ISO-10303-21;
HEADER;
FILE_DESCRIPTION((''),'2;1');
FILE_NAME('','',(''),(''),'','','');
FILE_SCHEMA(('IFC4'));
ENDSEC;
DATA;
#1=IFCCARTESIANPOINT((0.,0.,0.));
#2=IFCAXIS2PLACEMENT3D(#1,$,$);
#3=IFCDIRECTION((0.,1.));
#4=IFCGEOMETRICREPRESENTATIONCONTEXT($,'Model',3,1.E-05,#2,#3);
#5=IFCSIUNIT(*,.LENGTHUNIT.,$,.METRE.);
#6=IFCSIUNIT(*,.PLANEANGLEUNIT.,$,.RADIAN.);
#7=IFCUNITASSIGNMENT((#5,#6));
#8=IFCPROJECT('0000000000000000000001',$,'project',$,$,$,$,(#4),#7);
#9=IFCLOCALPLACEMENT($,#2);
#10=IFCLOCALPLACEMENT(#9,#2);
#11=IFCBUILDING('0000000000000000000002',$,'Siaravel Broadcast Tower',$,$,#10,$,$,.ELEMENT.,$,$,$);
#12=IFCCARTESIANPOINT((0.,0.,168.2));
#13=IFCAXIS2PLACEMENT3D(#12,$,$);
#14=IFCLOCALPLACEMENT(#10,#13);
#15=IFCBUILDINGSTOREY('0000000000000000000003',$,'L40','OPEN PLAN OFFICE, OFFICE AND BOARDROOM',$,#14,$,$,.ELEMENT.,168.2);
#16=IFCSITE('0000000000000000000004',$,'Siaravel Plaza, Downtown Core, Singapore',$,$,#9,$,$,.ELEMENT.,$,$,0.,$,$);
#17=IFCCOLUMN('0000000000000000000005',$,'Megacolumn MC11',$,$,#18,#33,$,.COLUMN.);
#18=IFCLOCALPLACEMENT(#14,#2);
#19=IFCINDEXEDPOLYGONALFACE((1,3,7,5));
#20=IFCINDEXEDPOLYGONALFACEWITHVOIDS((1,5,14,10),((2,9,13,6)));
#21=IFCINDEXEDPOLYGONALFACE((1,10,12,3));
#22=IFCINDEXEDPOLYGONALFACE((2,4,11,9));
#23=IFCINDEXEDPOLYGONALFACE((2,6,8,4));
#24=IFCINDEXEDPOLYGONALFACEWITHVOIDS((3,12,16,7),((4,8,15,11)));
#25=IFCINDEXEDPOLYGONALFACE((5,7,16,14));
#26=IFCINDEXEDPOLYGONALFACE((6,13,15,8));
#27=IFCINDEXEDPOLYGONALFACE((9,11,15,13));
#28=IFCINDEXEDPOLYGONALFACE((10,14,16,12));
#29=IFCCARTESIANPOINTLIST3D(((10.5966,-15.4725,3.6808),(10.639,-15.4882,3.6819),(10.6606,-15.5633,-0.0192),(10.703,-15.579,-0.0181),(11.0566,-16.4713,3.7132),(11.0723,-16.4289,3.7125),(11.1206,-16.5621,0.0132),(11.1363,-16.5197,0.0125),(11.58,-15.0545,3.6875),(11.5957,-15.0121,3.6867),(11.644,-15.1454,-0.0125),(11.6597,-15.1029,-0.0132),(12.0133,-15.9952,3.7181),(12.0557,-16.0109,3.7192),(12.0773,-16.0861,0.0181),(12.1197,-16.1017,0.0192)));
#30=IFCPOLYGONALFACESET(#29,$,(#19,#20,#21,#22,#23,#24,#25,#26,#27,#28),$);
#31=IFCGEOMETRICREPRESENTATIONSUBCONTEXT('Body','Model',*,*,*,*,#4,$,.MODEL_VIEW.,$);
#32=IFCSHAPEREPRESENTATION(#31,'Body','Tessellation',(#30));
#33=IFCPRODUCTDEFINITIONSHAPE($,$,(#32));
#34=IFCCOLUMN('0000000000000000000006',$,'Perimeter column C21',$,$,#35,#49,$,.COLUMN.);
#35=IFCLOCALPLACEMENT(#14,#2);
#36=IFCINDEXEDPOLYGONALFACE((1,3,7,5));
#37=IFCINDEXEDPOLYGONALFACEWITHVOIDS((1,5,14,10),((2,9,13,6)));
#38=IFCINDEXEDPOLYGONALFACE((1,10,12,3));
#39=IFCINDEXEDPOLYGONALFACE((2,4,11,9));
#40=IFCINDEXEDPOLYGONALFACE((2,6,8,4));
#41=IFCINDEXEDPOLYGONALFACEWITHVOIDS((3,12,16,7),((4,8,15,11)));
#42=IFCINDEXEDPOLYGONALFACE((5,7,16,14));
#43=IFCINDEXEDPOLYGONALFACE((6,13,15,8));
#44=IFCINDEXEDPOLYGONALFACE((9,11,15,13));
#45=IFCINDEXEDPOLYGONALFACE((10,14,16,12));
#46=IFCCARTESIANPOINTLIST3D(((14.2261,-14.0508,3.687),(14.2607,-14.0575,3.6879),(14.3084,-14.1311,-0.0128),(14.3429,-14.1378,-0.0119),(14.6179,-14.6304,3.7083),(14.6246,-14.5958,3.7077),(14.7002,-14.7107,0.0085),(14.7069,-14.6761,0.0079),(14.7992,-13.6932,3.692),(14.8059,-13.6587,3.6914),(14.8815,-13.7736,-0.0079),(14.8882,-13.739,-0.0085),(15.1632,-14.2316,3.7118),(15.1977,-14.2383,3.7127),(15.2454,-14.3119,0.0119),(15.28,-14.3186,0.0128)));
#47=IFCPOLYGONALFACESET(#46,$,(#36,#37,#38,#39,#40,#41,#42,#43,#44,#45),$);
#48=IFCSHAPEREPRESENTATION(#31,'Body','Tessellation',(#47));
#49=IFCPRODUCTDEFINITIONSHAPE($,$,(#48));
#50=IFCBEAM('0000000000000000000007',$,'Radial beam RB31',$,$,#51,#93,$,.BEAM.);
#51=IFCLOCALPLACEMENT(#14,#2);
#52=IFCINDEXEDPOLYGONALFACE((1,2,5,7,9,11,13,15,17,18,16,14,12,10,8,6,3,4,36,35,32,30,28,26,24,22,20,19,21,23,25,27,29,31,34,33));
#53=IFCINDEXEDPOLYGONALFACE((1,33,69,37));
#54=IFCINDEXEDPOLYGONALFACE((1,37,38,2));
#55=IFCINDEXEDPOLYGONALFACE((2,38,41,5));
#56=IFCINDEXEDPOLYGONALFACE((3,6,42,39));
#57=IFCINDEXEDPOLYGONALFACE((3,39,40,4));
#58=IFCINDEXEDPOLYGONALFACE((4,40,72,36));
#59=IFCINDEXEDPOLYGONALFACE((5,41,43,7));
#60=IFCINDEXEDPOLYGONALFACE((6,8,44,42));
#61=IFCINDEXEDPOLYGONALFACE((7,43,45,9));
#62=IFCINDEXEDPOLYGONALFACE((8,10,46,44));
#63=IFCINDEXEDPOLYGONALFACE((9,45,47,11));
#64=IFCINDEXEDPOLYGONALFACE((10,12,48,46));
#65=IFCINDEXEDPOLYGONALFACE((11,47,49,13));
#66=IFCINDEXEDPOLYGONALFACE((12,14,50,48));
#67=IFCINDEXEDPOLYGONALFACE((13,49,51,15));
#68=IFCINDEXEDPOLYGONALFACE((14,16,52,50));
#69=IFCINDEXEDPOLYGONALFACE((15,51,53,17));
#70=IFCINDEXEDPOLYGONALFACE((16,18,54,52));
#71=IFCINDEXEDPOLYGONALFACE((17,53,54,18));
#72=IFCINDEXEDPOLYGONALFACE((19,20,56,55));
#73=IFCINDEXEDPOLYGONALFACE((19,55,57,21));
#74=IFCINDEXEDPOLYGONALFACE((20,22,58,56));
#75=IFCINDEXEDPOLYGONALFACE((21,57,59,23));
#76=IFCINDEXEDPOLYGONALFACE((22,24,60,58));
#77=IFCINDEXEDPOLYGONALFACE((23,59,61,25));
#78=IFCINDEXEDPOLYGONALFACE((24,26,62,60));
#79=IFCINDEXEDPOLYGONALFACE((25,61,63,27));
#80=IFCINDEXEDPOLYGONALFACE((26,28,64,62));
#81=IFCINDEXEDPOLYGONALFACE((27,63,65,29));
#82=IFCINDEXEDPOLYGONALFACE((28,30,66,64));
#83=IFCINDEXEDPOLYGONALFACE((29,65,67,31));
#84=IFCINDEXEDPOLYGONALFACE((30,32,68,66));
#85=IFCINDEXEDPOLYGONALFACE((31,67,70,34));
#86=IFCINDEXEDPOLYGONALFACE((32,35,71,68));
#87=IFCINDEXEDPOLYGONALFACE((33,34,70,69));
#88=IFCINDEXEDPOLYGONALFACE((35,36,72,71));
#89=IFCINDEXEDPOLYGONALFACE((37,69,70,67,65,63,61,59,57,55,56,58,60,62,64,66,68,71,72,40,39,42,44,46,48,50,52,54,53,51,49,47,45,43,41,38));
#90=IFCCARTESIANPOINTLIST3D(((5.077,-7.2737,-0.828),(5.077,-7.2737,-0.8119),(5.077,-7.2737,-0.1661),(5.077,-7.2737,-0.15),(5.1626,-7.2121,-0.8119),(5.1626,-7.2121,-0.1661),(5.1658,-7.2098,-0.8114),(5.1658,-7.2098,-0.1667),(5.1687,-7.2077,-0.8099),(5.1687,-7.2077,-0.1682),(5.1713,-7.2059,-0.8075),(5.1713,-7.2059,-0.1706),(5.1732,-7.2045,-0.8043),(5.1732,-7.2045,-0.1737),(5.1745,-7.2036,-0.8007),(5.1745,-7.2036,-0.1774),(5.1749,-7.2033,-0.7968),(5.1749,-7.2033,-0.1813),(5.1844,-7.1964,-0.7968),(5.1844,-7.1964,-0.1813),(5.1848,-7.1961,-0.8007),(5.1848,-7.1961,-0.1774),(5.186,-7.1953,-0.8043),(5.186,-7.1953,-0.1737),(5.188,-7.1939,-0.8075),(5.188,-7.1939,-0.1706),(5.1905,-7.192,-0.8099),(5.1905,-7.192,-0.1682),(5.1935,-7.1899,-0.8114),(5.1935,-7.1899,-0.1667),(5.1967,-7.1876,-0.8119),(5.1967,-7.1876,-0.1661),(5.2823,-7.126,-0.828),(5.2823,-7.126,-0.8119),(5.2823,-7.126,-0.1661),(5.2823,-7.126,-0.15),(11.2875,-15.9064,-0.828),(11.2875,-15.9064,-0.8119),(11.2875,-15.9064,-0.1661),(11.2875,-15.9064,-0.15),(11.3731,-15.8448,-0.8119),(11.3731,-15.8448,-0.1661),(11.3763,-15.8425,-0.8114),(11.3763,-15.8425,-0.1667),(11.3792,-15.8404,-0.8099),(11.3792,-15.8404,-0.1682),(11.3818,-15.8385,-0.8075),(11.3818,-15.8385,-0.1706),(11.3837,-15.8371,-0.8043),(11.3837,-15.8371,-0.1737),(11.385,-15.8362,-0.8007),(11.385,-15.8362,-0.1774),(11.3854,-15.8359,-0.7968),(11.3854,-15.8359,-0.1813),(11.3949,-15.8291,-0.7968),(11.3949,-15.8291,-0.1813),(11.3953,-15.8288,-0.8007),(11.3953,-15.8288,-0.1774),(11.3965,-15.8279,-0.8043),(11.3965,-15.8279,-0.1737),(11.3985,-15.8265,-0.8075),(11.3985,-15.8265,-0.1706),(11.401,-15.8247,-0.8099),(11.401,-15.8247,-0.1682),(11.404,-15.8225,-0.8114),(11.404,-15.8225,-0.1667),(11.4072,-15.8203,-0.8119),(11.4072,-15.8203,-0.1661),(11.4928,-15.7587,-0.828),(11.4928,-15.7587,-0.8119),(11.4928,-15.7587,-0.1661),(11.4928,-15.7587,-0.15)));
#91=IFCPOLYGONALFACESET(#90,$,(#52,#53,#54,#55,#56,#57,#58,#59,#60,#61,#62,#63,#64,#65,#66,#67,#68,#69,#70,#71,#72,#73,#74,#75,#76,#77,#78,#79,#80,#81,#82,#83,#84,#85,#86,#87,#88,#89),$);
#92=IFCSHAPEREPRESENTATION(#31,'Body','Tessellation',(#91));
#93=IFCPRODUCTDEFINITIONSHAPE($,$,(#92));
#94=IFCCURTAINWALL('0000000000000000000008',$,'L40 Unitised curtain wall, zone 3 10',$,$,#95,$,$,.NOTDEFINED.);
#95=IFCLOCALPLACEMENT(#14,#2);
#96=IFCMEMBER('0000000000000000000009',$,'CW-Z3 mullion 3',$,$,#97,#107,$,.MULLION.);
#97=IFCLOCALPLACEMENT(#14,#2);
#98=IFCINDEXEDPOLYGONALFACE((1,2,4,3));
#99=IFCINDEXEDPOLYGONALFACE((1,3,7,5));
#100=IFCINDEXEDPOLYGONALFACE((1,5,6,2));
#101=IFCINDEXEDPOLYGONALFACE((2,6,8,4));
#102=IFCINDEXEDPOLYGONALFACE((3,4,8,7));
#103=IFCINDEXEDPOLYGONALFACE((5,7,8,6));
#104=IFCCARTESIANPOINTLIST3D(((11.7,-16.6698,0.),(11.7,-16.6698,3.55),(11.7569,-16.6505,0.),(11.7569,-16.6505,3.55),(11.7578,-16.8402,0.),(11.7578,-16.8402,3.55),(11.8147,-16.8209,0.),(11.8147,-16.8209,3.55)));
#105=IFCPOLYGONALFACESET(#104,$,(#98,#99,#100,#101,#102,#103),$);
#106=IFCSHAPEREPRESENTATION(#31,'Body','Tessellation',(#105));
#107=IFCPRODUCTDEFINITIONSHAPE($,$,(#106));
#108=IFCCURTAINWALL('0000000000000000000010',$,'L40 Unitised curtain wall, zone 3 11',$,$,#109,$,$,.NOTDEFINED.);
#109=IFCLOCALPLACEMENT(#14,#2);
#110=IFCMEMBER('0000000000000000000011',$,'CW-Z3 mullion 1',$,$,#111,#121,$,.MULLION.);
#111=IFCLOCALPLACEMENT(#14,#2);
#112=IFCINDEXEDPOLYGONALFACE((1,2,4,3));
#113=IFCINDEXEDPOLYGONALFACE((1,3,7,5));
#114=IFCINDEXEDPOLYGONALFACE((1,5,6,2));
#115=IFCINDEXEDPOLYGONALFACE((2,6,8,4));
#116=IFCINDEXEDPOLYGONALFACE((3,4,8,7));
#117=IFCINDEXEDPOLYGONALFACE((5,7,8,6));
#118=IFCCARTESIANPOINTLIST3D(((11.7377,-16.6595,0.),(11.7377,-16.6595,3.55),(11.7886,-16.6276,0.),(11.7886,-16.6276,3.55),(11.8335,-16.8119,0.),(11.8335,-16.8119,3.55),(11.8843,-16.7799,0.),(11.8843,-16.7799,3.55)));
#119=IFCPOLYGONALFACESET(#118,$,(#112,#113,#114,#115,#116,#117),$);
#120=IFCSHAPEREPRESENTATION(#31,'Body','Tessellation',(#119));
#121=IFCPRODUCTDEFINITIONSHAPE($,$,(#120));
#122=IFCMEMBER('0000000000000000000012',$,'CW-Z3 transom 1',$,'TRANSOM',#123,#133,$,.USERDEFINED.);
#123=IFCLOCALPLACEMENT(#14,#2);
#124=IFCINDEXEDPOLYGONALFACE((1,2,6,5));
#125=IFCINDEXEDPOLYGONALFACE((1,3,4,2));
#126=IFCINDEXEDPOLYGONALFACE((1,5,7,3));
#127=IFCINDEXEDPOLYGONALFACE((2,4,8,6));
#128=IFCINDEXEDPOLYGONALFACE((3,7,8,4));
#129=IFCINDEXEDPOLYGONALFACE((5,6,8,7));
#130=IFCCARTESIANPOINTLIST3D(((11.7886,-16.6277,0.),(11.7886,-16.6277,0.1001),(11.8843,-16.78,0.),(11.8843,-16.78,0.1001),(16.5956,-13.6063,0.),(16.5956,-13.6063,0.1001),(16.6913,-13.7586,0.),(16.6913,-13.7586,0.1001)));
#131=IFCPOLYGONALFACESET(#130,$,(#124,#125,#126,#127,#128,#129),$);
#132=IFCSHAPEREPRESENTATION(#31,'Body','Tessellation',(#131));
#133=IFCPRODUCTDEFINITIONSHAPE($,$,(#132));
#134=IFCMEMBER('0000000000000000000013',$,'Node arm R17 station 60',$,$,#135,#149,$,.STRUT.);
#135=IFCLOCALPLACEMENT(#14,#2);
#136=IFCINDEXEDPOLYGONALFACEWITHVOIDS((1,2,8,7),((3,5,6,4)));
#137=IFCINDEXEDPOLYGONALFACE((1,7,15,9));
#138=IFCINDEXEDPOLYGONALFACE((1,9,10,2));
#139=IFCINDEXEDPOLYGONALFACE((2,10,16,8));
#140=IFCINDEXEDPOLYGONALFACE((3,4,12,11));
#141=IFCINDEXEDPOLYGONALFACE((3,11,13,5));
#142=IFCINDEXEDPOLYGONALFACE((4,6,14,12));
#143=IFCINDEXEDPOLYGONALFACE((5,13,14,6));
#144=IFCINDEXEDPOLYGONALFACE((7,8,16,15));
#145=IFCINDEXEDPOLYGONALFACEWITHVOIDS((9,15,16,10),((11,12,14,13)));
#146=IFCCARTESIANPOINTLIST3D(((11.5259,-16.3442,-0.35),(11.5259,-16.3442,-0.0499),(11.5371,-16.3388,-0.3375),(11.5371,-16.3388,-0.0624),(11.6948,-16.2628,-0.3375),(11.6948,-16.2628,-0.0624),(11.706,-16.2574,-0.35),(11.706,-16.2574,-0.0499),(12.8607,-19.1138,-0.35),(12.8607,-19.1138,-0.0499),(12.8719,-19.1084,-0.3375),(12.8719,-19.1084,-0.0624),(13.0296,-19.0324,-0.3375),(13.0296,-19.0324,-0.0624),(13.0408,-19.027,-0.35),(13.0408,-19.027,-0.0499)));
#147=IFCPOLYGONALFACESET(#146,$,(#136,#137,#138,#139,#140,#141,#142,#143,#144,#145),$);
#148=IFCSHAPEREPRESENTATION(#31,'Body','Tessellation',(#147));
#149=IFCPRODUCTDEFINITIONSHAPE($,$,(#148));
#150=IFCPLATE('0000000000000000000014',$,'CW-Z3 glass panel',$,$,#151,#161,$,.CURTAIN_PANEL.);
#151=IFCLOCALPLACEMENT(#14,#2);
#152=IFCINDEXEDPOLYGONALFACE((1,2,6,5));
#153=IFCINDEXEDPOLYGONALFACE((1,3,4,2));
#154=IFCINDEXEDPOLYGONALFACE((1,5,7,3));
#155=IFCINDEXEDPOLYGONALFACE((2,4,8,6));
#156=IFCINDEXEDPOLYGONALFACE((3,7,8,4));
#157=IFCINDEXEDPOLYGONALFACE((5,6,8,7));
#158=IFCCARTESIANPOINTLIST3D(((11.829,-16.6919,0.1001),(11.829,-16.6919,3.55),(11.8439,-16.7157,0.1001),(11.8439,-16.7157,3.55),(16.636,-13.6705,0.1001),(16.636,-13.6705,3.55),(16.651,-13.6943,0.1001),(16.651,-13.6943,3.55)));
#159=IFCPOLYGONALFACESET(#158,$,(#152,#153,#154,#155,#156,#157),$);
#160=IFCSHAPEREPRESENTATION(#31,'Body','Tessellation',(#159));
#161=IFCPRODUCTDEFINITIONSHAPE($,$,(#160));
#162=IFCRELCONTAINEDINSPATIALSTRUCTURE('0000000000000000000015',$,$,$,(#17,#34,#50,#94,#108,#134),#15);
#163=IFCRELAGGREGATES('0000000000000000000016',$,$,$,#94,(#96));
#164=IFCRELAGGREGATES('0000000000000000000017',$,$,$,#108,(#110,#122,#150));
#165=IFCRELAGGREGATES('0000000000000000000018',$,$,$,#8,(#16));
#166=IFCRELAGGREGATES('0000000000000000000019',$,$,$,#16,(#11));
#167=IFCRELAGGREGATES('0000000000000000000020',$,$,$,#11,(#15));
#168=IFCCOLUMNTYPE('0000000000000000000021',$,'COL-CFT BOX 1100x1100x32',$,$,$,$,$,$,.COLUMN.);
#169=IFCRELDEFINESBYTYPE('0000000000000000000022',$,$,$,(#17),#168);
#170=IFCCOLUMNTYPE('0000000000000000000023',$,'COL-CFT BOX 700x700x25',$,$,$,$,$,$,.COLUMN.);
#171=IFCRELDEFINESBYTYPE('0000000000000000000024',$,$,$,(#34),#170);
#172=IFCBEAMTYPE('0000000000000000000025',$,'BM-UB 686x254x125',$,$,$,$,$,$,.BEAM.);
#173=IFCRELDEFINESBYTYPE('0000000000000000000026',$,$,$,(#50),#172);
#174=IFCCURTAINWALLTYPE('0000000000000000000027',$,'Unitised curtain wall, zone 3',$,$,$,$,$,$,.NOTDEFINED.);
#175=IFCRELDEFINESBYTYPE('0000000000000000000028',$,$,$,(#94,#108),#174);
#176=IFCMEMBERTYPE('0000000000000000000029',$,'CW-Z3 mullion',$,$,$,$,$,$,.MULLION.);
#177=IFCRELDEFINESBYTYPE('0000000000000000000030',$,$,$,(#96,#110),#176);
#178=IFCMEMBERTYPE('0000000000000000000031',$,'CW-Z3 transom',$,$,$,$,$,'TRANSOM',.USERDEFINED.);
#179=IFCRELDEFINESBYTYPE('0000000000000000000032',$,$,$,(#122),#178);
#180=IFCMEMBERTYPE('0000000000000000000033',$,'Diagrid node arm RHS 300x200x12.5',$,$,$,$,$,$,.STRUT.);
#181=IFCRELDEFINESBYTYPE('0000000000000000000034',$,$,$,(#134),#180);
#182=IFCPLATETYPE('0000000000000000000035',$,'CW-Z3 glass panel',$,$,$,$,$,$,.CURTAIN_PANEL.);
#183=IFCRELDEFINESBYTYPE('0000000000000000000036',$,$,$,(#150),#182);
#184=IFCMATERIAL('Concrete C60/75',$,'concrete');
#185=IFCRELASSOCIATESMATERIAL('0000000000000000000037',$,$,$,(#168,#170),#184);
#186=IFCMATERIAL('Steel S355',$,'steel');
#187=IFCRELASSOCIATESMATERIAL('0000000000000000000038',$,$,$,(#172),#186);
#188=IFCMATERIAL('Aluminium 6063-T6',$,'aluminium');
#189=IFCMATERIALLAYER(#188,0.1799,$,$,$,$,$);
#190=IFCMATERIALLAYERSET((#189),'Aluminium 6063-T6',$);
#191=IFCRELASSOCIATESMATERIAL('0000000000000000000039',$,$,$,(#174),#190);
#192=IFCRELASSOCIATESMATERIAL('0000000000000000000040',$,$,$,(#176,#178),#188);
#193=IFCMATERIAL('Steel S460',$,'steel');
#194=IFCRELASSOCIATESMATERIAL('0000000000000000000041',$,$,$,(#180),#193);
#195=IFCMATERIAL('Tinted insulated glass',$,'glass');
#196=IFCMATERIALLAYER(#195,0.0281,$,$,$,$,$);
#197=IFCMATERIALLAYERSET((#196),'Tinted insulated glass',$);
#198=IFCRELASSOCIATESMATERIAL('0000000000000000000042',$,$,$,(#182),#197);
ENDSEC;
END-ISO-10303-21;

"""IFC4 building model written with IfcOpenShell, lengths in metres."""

from ifc_helpers import new_model, si_unit, direction, frame, origin, origin_2d, place, context, subcontext, project, spatial, rectangle, hollow_rectangle, i_section, extrude, material, layer, layer_set, material_profile, profile_set, type_object, element, aggregate, save


model = new_model("IFC4")

# Units and contexts
model_context = context("Model", 3, precision=1e-05, world=origin(), true_north=direction((0.0, 1.0)))
body_context = subcontext(model_context, "Body", "Model", "MODEL_VIEW")
ifc_project = project(units=[si_unit("LENGTHUNIT", "METRE"), si_unit("PLANEANGLEUNIT", "RADIAN")], contexts=[model_context])

# Site, building, storey
site_placement = place(None, origin())
site = spatial("IfcSite", under=ifc_project, at=site_placement, Name="Siaravel Plaza, Downtown Core, Singapore", CompositionType="ELEMENT", RefElevation=0.0)
building_placement = place(site_placement, origin())
building = spatial("IfcBuilding", under=site, at=building_placement, Name="Siaravel Broadcast Tower", CompositionType="ELEMENT")
storey_placement = place(building_placement, frame((0.0, 0.0, 168.2)))
storey = spatial("IfcBuildingStorey", under=building, at=storey_placement, Name="L40", Description="OPEN PLAN OFFICE, OFFICE AND BOARDROOM", CompositionType="ELEMENT", Elevation=168.2)

# Columns
ifc_material_1 = material(Name="Concrete C60/75", Category="concrete")
ifc_material_profile_1 = material_profile(ifc_material_1, hollow_rectangle(XDim=1.1001, YDim=1.1001, WallThickness=0.032, at=origin_2d()))
ifc_profile_set_1 = profile_set([ifc_material_profile_1], Name="Concrete C60/75")
column_type_1 = type_object("IfcColumnType", Name="COL-CFT BOX 1100x1100x32", PredefinedType="COLUMN", material=ifc_profile_set_1)
column_1_placement = place(storey_placement, frame((11.3901, -15.8325, 0.0), z_axis=(-0.01728, 0.024535, 0.99955), x_axis=(-0.908205, -0.41849, -0.005429)))
element("IfcColumn", 1, at=column_1_placement, inside=storey, type_object=column_type_1, Name="Megacolumn MC11", PredefinedType="COLUMN", context=body_context, shape_type="SweptSolid", body=[
    extrude(hollow_rectangle(XDim=1.1001, YDim=1.1001, WallThickness=0.032, at=origin_2d()), origin(), (0.0, 0.0, 1.0), 3.7017),
])
ifc_material_profile_2 = material_profile(ifc_material_1, hollow_rectangle(XDim=0.7, YDim=0.7, WallThickness=0.0249, at=origin_2d()))
ifc_profile_set_2 = profile_set([ifc_material_profile_2], Name="Concrete C60/75")
column_type_2 = type_object("IfcColumnType", Name="COL-CFT BOX 700x700x25", PredefinedType="COLUMN", material=ifc_profile_set_2)
column_2_placement = place(storey_placement, frame((14.7942, -14.2249, 0.0), z_axis=(-0.022226, 0.021699, 0.999517), x_axis=(-0.828331, -0.560204, -0.006258)))
element("IfcColumn", 2, at=column_2_placement, inside=storey, type_object=column_type_2, Name="Perimeter column C21", PredefinedType="COLUMN", context=body_context, shape_type="SweptSolid", body=[
    extrude(hollow_rectangle(XDim=0.7, YDim=0.7, WallThickness=0.0249, at=origin_2d()), origin(), (0.0, 0.0, 1.0), 3.7017),
])

# Beam
ifc_material_2 = material(Name="Steel S355", Category="steel")
ifc_material_profile_3 = material_profile(ifc_material_2, i_section(OverallWidth=0.2529, OverallDepth=0.678, WebThickness=0.0117, FlangeThickness=0.0161, FilletRadius=0.0151, at=origin_2d()))
ifc_profile_set_3 = profile_set([ifc_material_profile_3], Name="Steel S355")
beam_type = type_object("IfcBeamType", Name="BM-UB 686x254x125", PredefinedType="BEAM", material=ifc_profile_set_3)
beam_placement = place(storey_placement, frame((11.3901, -15.8325, -0.489), z_axis=(-0.583995, 0.811757, 0.0), x_axis=(-0.811757, -0.583995, 0.0)))
element("IfcBeam", 3, at=beam_placement, inside=storey, type_object=beam_type, Name="Radial beam RB31", PredefinedType="BEAM", context=body_context, shape_type="SweptSolid", body=[
    extrude(i_section(OverallWidth=0.2529, OverallDepth=0.678, WebThickness=0.0117, FlangeThickness=0.0161, FilletRadius=0.0151, at=origin_2d()), origin(), (0.0, 0.0, 1.0), 10.6345),
])

# Curtain wall, member
ifc_material_3 = material(Name="Aluminium 6063-T6", Category="aluminium")
ifc_layer_1 = layer(ifc_material_3, 0.1799)
ifc_layer_set_1 = layer_set([ifc_layer_1], Name="Aluminium 6063-T6")
curtain_wall_type = type_object("IfcCurtainWallType", Name="Unitised curtain wall, zone 3", PredefinedType="NOTDEFINED", material=ifc_layer_set_1)
curtain_wall_1_placement = place(storey_placement, origin())
curtain_wall_1 = element("IfcCurtainWall", 4, at=curtain_wall_1_placement, inside=storey, type_object=curtain_wall_type, Name="L40 Unitised curtain wall, zone 3 10", PredefinedType="NOTDEFINED")
ifc_material_profile_4 = material_profile(ifc_material_3, rectangle(XDim=0.1799, YDim=0.0601, at=origin_2d()))
ifc_profile_set_4 = profile_set([ifc_material_profile_4], Name="Aluminium 6063-T6")
member_type_1 = type_object("IfcMemberType", Name="CW-Z3 mullion", PredefinedType="MULLION", material=ifc_profile_set_4)
member_1_placement = place(storey_placement, frame((11.7573, -16.7454, 0.0), z_axis=(0.0, 0.0, 1.0), x_axis=(-0.3213, 0.946977, 0.0)))
member_1 = element("IfcMember", 5, at=member_1_placement, type_object=member_type_1, Name="CW-Z3 mullion 3", PredefinedType="MULLION", context=body_context, shape_type="SweptSolid", body=[
    extrude(rectangle(XDim=0.1799, YDim=0.0601, at=origin_2d()), origin(), (0.0, 0.0, 1.0), 3.55),
])
aggregate(curtain_wall_1, [member_1])

# Curtain wall, members
curtain_wall_2_placement = place(storey_placement, origin())
curtain_wall_2 = element("IfcCurtainWall", 6, at=curtain_wall_2_placement, inside=storey, type_object=curtain_wall_type, Name="L40 Unitised curtain wall, zone 3 11", PredefinedType="NOTDEFINED")
member_2_placement = place(storey_placement, frame((11.811, -16.7197, 0.0), z_axis=(0.0, 0.0, 1.0), x_axis=(-0.532149, 0.846651, 0.0)))
member_2 = element("IfcMember", 7, at=member_2_placement, type_object=member_type_1, Name="CW-Z3 mullion 1", PredefinedType="MULLION", context=body_context, shape_type="SweptSolid", body=[
    extrude(rectangle(XDim=0.1799, YDim=0.0601, at=origin_2d()), origin(), (0.0, 0.0, 1.0), 3.55),
])
ifc_material_profile_5 = material_profile(ifc_material_3, rectangle(XDim=0.1799, YDim=0.1001, at=origin_2d()))
ifc_profile_set_5 = profile_set([ifc_material_profile_5], Name="Aluminium 6063-T6")
member_type_2 = type_object("IfcMemberType", Name="CW-Z3 transom", ElementType="TRANSOM", PredefinedType="USERDEFINED", material=ifc_profile_set_5)
member_3_placement = place(storey_placement, frame((11.8364, -16.7039, 0.05), z_axis=(0.846648, 0.532154, 0.0), x_axis=(-0.532154, 0.846648, 0.0)))
member_3 = element("IfcMember", 8, at=member_3_placement, type_object=member_type_2, Name="CW-Z3 transom 1", ObjectType="TRANSOM", PredefinedType="USERDEFINED", context=body_context, shape_type="SweptSolid", body=[
    extrude(rectangle(XDim=0.1799, YDim=0.1001, at=origin_2d()), origin(), (0.0, 0.0, 1.0), 5.6777),
])

# Member
ifc_material_4 = material(Name="Steel S460", Category="steel")
ifc_material_profile_6 = material_profile(ifc_material_4, hollow_rectangle(XDim=0.2, YDim=0.3, WallThickness=0.0125, at=origin_2d()))
ifc_profile_set_6 = profile_set([ifc_material_profile_6], Name="Steel S460")
member_type_3 = type_object("IfcMemberType", Name="Diagrid node arm RHS 300x200x12.5", PredefinedType="STRUT", material=ifc_profile_set_6)
member_4_placement = place(storey_placement, frame((11.616, -16.3008, -0.2), z_axis=(0.434143, -0.900844, 0.0), x_axis=(0.900844, 0.434143, 0.0)))
element("IfcMember", 9, at=member_4_placement, inside=storey, type_object=member_type_3, Name="Node arm R17 station 60", PredefinedType="STRUT", context=body_context, shape_type="SweptSolid", body=[
    extrude(hollow_rectangle(XDim=0.2, YDim=0.3, WallThickness=0.0125, at=origin_2d()), origin(), (0.0, 0.0, 1.0), 3.0745),
])

# Plate
ifc_material_5 = material(Name="Tinted insulated glass", Category="glass")
ifc_layer_2 = layer(ifc_material_5, 0.0281)
ifc_layer_set_2 = layer_set([ifc_layer_2], Name="Tinted insulated glass")
plate_type = type_object("IfcPlateType", Name="CW-Z3 glass panel", PredefinedType="CURTAIN_PANEL", material=ifc_layer_set_2)
plate_placement = place(storey_placement, frame((14.24, -15.1931, 0.1001), z_axis=(0.0, 0.0, 1.0), x_axis=(0.846651, 0.532149, 0.0)))
plate = element("IfcPlate", 10, at=plate_placement, type_object=plate_type, Name="CW-Z3 glass panel", PredefinedType="CURTAIN_PANEL", context=body_context, shape_type="SweptSolid", body=[
    extrude(rectangle(XDim=5.6777, YDim=0.0281, at=origin_2d()), origin(), (0.0, 0.0, 1.0), 3.45),
])
aggregate(curtain_wall_2, [member_2, member_3, plate])

save(model, "model.ifc")
